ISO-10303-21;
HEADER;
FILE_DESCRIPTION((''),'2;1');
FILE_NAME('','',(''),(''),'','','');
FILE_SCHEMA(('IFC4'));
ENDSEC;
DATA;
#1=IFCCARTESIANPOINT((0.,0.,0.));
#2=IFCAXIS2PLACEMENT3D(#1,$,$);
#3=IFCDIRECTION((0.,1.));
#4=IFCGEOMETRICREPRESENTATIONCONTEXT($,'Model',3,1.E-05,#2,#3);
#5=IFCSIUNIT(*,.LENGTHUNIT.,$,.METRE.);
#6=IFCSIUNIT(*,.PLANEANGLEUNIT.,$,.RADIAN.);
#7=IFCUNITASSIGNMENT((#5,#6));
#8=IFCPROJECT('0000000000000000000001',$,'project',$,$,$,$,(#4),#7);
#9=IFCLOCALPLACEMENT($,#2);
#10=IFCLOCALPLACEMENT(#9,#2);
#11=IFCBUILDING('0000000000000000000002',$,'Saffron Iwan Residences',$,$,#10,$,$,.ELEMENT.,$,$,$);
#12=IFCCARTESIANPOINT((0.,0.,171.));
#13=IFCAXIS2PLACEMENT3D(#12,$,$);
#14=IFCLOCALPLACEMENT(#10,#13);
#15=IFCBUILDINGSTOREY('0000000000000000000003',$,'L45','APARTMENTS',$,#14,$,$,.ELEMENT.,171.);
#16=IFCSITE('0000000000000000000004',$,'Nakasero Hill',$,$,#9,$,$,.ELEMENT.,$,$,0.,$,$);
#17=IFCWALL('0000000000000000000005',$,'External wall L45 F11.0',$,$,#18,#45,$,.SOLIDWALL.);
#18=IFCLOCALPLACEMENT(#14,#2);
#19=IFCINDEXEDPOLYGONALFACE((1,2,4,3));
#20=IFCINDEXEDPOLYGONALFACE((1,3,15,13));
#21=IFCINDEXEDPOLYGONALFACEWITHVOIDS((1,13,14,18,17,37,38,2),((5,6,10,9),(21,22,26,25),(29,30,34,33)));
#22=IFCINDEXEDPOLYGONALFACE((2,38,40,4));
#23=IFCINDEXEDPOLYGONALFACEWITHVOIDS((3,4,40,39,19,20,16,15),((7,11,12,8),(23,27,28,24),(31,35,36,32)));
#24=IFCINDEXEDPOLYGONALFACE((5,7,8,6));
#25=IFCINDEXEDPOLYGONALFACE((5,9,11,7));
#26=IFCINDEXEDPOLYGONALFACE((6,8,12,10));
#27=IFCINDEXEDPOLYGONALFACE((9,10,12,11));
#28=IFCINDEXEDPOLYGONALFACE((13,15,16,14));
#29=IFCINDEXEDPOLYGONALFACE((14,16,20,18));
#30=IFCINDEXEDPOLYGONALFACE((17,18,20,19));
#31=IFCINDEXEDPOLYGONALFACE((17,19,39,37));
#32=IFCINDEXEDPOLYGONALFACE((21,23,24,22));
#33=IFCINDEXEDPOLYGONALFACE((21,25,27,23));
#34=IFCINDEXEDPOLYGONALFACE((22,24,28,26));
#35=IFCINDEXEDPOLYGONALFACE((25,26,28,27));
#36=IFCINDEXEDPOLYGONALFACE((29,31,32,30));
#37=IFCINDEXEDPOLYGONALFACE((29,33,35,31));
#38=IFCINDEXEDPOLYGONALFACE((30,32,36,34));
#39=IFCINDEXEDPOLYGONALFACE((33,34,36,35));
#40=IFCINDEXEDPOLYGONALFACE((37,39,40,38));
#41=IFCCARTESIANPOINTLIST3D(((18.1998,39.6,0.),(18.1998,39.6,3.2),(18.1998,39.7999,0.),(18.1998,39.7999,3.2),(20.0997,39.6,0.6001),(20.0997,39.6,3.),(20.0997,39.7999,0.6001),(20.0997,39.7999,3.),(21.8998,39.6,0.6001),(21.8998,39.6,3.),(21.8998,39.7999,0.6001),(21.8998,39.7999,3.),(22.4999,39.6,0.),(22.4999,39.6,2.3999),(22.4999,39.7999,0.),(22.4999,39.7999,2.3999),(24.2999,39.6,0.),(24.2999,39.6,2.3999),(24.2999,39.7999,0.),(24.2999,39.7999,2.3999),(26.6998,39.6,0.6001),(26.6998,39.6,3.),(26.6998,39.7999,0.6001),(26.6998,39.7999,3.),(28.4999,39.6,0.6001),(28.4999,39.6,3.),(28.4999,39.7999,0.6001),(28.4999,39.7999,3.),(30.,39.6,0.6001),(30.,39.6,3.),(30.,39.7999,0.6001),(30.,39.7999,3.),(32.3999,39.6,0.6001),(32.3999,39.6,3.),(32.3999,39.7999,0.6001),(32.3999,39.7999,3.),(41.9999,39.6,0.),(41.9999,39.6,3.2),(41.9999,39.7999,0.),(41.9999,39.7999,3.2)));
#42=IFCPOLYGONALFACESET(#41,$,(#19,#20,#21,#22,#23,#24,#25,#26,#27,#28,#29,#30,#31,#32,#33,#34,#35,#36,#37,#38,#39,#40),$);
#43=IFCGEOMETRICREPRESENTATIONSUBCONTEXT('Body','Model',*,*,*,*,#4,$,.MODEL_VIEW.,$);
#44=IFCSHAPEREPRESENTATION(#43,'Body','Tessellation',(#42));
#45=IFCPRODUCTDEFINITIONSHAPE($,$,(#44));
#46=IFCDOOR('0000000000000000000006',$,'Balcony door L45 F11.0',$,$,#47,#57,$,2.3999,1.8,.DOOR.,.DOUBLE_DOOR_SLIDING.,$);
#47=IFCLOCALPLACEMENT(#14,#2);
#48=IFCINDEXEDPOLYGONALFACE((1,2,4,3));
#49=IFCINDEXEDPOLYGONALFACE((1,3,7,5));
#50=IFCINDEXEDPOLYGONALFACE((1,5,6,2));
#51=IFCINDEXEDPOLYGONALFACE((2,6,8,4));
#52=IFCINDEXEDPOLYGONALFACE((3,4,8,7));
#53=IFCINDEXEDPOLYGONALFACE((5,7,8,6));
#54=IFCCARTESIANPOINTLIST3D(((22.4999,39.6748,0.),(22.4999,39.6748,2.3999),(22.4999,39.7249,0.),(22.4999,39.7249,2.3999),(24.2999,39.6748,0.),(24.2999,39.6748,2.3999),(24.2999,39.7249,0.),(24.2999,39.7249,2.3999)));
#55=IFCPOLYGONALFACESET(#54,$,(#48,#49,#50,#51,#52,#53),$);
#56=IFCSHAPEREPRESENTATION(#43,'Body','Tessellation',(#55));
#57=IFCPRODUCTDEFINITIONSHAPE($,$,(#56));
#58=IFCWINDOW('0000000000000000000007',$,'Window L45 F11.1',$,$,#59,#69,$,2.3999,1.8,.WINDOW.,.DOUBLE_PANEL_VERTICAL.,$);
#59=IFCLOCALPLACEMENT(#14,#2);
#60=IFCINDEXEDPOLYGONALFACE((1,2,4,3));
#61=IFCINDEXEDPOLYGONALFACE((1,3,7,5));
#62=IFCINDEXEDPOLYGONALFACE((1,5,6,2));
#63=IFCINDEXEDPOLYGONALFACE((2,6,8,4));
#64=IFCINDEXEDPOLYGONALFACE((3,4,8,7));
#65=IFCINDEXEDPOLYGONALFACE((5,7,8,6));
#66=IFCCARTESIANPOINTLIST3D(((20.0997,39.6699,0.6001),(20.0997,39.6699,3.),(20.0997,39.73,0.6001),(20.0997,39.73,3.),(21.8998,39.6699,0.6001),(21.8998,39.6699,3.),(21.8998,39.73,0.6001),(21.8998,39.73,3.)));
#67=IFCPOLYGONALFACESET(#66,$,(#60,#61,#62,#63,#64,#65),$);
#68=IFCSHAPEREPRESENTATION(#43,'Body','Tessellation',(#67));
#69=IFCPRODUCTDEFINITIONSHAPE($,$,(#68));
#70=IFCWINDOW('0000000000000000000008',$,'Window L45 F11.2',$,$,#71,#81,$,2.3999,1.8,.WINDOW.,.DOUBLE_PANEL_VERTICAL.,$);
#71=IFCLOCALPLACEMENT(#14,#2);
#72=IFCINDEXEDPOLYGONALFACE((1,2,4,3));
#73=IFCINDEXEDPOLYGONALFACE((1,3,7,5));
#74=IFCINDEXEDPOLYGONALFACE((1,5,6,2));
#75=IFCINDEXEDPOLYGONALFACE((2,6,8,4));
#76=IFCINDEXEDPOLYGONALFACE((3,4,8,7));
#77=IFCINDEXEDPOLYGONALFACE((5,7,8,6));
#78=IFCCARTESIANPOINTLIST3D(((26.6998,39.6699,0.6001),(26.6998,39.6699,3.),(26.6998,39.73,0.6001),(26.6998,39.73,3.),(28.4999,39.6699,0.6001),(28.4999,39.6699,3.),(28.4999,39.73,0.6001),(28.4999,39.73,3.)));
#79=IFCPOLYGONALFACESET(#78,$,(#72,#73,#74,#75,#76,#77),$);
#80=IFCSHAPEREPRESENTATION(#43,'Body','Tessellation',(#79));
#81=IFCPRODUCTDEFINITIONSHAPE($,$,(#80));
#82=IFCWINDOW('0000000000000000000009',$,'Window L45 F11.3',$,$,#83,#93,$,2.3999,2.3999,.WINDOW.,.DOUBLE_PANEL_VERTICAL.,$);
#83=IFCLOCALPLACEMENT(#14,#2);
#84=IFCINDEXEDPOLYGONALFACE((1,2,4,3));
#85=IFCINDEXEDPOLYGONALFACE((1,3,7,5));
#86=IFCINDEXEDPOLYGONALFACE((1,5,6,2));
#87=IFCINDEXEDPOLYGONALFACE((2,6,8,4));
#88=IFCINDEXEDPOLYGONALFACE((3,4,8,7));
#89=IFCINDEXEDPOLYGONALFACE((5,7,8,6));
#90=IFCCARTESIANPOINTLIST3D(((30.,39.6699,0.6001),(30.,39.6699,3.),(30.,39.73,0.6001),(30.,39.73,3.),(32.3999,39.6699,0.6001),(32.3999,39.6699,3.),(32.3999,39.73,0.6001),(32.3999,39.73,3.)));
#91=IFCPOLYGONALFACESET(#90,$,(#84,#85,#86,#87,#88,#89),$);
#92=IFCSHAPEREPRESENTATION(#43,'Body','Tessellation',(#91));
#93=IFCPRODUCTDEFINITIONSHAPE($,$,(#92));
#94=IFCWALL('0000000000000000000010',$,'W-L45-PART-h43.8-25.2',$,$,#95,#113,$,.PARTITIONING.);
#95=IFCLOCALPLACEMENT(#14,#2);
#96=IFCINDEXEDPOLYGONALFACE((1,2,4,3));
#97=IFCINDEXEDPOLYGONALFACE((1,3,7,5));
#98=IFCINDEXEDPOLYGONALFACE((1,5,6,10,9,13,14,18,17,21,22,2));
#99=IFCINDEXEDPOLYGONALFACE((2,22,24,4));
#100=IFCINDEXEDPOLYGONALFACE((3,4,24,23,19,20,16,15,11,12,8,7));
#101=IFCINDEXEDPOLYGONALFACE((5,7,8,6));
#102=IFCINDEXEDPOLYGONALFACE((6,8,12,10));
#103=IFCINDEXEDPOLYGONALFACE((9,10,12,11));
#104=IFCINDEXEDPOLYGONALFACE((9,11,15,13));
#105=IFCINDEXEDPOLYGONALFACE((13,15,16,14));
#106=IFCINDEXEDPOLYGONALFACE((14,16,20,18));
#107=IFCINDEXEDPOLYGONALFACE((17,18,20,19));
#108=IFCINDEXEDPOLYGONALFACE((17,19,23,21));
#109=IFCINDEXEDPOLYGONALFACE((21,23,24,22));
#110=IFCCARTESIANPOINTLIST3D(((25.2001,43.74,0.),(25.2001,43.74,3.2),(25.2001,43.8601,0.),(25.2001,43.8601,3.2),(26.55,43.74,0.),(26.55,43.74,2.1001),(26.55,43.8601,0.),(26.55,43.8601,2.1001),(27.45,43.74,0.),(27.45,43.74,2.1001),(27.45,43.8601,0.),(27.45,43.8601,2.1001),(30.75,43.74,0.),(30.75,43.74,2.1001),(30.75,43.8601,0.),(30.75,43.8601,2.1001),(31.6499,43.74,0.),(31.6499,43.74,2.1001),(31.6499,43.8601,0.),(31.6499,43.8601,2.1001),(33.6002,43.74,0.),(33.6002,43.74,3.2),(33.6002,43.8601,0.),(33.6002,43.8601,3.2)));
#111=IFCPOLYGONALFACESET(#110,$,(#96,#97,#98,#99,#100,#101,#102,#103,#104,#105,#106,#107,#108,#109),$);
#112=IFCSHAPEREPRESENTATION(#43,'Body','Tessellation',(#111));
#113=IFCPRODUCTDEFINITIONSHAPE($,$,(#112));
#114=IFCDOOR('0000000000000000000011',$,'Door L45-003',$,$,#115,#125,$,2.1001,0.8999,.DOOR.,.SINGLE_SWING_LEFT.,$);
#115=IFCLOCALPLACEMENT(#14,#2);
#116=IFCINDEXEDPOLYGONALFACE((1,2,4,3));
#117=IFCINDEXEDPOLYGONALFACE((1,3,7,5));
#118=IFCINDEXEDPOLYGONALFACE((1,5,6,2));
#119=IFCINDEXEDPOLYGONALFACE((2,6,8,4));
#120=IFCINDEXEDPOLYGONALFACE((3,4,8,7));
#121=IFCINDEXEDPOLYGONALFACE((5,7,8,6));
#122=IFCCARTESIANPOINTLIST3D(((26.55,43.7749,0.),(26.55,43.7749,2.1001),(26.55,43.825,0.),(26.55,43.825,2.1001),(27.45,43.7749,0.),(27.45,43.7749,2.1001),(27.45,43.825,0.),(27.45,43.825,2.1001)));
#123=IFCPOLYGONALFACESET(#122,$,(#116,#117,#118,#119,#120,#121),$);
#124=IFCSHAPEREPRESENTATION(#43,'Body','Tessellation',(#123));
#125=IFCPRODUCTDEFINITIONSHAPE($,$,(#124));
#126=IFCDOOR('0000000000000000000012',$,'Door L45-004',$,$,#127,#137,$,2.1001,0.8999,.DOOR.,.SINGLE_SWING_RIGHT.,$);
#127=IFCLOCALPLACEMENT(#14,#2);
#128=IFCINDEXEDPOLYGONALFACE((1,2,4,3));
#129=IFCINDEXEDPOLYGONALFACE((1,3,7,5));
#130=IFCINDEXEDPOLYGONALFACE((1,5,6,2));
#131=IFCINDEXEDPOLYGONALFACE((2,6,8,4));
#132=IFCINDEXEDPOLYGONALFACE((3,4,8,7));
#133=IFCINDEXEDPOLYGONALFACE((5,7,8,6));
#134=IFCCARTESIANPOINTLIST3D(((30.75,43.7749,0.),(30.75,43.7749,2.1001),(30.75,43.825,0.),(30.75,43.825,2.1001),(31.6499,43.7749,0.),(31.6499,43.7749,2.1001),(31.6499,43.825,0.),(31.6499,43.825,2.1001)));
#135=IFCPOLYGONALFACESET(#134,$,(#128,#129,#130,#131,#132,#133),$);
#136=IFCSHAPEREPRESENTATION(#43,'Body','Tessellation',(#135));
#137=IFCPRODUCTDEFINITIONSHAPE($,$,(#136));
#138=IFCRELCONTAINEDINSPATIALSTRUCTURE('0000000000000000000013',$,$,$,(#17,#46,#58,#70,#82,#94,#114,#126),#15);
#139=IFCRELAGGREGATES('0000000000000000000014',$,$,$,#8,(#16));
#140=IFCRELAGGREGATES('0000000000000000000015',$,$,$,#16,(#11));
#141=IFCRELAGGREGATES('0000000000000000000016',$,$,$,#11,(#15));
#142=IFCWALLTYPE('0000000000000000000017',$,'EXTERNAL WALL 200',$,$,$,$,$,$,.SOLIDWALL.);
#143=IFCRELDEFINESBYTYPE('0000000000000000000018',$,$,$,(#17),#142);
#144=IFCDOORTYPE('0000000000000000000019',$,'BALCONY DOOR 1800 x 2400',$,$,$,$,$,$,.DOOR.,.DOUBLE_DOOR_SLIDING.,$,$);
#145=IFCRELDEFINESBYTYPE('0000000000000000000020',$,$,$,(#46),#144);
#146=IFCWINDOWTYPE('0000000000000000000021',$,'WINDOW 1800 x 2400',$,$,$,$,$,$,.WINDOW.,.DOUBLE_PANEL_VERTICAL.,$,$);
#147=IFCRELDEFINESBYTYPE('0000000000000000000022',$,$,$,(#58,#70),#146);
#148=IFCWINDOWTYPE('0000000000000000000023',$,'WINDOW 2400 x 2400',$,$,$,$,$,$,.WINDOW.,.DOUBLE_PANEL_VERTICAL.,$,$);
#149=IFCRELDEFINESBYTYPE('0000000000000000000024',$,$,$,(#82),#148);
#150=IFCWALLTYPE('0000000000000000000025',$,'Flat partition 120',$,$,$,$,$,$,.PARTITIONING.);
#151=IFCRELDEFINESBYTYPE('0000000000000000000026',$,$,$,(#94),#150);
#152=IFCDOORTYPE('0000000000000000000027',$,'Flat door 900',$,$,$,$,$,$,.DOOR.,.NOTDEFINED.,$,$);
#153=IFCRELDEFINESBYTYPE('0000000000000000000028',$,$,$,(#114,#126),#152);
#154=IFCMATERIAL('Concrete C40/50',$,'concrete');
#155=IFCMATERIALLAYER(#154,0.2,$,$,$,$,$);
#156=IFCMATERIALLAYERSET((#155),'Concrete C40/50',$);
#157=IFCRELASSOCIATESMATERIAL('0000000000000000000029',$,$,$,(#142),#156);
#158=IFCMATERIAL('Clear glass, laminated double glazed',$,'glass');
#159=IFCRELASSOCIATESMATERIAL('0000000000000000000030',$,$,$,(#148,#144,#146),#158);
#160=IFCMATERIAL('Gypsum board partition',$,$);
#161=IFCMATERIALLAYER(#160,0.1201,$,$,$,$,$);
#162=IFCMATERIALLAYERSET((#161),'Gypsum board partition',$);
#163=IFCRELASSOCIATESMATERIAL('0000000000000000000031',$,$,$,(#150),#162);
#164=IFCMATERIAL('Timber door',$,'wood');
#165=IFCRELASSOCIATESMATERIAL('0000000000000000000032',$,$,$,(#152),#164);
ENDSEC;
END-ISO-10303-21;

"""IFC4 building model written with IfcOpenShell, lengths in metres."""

from ifc_helpers import new_model, si_unit, direction, frame, frame_2d, origin, place, context, subcontext, project, spatial, rectangle, extrude, material, layer, layer_set, type_object, element, fill, save


model = new_model("IFC4")

# Units and contexts
model_context = context("Model", 3, precision=1e-05, world=origin(), true_north=direction((0.0, 1.0)))
body_context = subcontext(model_context, "Body", "Model", "MODEL_VIEW")
ifc_project = project(units=[si_unit("LENGTHUNIT", "METRE"), si_unit("PLANEANGLEUNIT", "RADIAN")], contexts=[model_context])

# Site, building, storey
site_placement = place(None, origin())
site = spatial("IfcSite", under=ifc_project, at=site_placement, Name="Nakasero Hill", CompositionType="ELEMENT", RefElevation=0.0)
building_placement = place(site_placement, origin())
building = spatial("IfcBuilding", under=site, at=building_placement, Name="Saffron Iwan Residences", CompositionType="ELEMENT")
storey_placement = place(building_placement, frame((0.0, 0.0, 171.0)))
storey = spatial("IfcBuildingStorey", under=building, at=storey_placement, Name="L45", Description="APARTMENTS", CompositionType="ELEMENT", Elevation=171.0)

# Shared definitions
ifc_material_1 = material(Name="Concrete C40/50", Category="concrete")
ifc_layer_1 = layer(ifc_material_1, 0.2)
ifc_layer_set_1 = layer_set([ifc_layer_1], Name="Concrete C40/50")
wall_type_1 = type_object("IfcWallType", Name="EXTERNAL WALL 200", PredefinedType="SOLIDWALL", material=ifc_layer_set_1)
ifc_material_2 = material(Name="Clear glass, laminated double glazed", Category="glass")
window_type_1 = type_object("IfcWindowType", Name="WINDOW 2400 x 2400", PartitioningType="DOUBLE_PANEL_VERTICAL", PredefinedType="WINDOW", material=ifc_material_2)

# Wall, openings, door, windows
wall_1_placement = place(storey_placement, frame((18.2, 39.7, 0.0), z_axis=(0.0, 0.0, 1.0), x_axis=(1.0, 0.0, 0.0)))
wall_1 = element("IfcWall", 1, at=wall_1_placement, inside=storey, type_object=wall_type_1, Name="External wall L45 F11.0", PredefinedType="SOLIDWALL", context=body_context, shape_type="SweptSolid", body=[
    extrude(rectangle(XDim=23.8, YDim=0.2, at=frame_2d((11.8999, 0.0))), origin(), (0.0, 0.0, 1.0), 3.2),
])
opening_1_placement = place(wall_1_placement, frame((4.3, 0.0, 0.0)))
opening_1 = element("IfcOpeningElement", 2, at=opening_1_placement, cuts=wall_1, PredefinedType="OPENING", context=body_context, shape_type="SweptSolid", body=[
    extrude(rectangle(XDim=1.8, YDim=2.3999, at=frame_2d((0.8999, 1.2))), frame((0.0, 0.1099, 0.0), z_axis=(0.0, -1.0, 0.0), x_axis=(1.0, 0.0, 0.0)), (0.0, 0.0, 1.0), 0.22),
])
opening_2_placement = place(wall_1_placement, frame((1.8999, 0.0, 0.6001)))
opening_2 = element("IfcOpeningElement", 3, at=opening_2_placement, cuts=wall_1, PredefinedType="OPENING", context=body_context, shape_type="SweptSolid", body=[
    extrude(rectangle(XDim=1.8, YDim=2.3999, at=frame_2d((0.8999, 1.2))), frame((0.0, 0.1099, 0.0), z_axis=(0.0, -1.0, 0.0), x_axis=(1.0, 0.0, 0.0)), (0.0, 0.0, 1.0), 0.22),
])
opening_3_placement = place(wall_1_placement, frame((8.5, 0.0, 0.6001)))
opening_3 = element("IfcOpeningElement", 4, at=opening_3_placement, cuts=wall_1, PredefinedType="OPENING", context=body_context, shape_type="SweptSolid", body=[
    extrude(rectangle(XDim=1.8, YDim=2.3999, at=frame_2d((0.8999, 1.2))), frame((0.0, 0.1099, 0.0), z_axis=(0.0, -1.0, 0.0), x_axis=(1.0, 0.0, 0.0)), (0.0, 0.0, 1.0), 0.22),
])
opening_4_placement = place(wall_1_placement, frame((11.8, 0.0, 0.6001)))
opening_4 = element("IfcOpeningElement", 5, at=opening_4_placement, cuts=wall_1, PredefinedType="OPENING", context=body_context, shape_type="SweptSolid", body=[
    extrude(rectangle(XDim=2.3999, YDim=2.3999, at=frame_2d((1.2, 1.2))), frame((0.0, 0.1099, 0.0), z_axis=(0.0, -1.0, 0.0), x_axis=(1.0, 0.0, 0.0)), (0.0, 0.0, 1.0), 0.22),
])
door_type_1 = type_object("IfcDoorType", Name="BALCONY DOOR 1800 x 2400", OperationType="DOUBLE_DOOR_SLIDING", PredefinedType="DOOR", material=ifc_material_2)
door_1_placement = place(opening_1_placement, origin())
door_1 = element("IfcDoor", 6, at=door_1_placement, inside=storey, type_object=door_type_1, Name="Balcony door L45 F11.0", OperationType="DOUBLE_DOOR_SLIDING", OverallHeight=2.3999, OverallWidth=1.8, PredefinedType="DOOR", context=body_context, shape_type="SweptSolid", body=[
    extrude(rectangle(XDim=1.8, YDim=2.3999, at=frame_2d((0.8999, 1.2))), frame((0.0, 0.0249, 0.0), z_axis=(0.0, -1.0, 0.0), x_axis=(1.0, 0.0, 0.0)), (0.0, 0.0, 1.0), 0.05),
])
fill(opening_1, door_1)
window_type_2 = type_object("IfcWindowType", Name="WINDOW 1800 x 2400", PartitioningType="DOUBLE_PANEL_VERTICAL", PredefinedType="WINDOW", material=ifc_material_2)
window_1_placement = place(opening_2_placement, origin())
window_1 = element("IfcWindow", 7, at=window_1_placement, inside=storey, type_object=window_type_2, Name="Window L45 F11.1", OverallHeight=2.3999, OverallWidth=1.8, PartitioningType="DOUBLE_PANEL_VERTICAL", PredefinedType="WINDOW", context=body_context, shape_type="SweptSolid", body=[
    extrude(rectangle(XDim=1.8, YDim=2.3999, at=frame_2d((0.8999, 1.2))), frame((0.0, 0.03, 0.0), z_axis=(0.0, -1.0, 0.0), x_axis=(1.0, 0.0, 0.0)), (0.0, 0.0, 1.0), 0.0601),
])
fill(opening_2, window_1)
window_2_placement = place(opening_3_placement, origin())
window_2 = element("IfcWindow", 8, at=window_2_placement, inside=storey, type_object=window_type_2, Name="Window L45 F11.2", OverallHeight=2.3999, OverallWidth=1.8, PartitioningType="DOUBLE_PANEL_VERTICAL", PredefinedType="WINDOW", context=body_context, shape_type="SweptSolid", body=[
    extrude(rectangle(XDim=1.8, YDim=2.3999, at=frame_2d((0.8999, 1.2))), frame((0.0, 0.03, 0.0), z_axis=(0.0, -1.0, 0.0), x_axis=(1.0, 0.0, 0.0)), (0.0, 0.0, 1.0), 0.0601),
])
fill(opening_3, window_2)
window_3_placement = place(opening_4_placement, origin())
window_3 = element("IfcWindow", 9, at=window_3_placement, inside=storey, type_object=window_type_1, Name="Window L45 F11.3", OverallHeight=2.3999, OverallWidth=2.3999, PartitioningType="DOUBLE_PANEL_VERTICAL", PredefinedType="WINDOW", context=body_context, shape_type="SweptSolid", body=[
    extrude(rectangle(XDim=2.3999, YDim=2.3999, at=frame_2d((1.2, 1.2))), frame((0.0, 0.03, 0.0), z_axis=(0.0, -1.0, 0.0), x_axis=(1.0, 0.0, 0.0)), (0.0, 0.0, 1.0), 0.0601),
])
fill(opening_4, window_3)

# Wall, openings, doors
ifc_material_3 = material(Name="Gypsum board partition")
ifc_layer_2 = layer(ifc_material_3, 0.1201)
ifc_layer_set_2 = layer_set([ifc_layer_2], Name="Gypsum board partition")
wall_type_2 = type_object("IfcWallType", Name="Flat partition 120", PredefinedType="PARTITIONING", material=ifc_layer_set_2)
wall_2_placement = place(storey_placement, frame((25.2, 43.8, 0.0), z_axis=(0.0, 0.0, 1.0), x_axis=(1.0, 0.0, 0.0)))
wall_2 = element("IfcWall", 10, at=wall_2_placement, inside=storey, type_object=wall_type_2, Name="W-L45-PART-h43.8-25.2", PredefinedType="PARTITIONING", context=body_context, shape_type="SweptSolid", body=[
    extrude(rectangle(XDim=8.4001, YDim=0.1201, at=frame_2d((4.2002, 0.0))), origin(), (0.0, 0.0, 1.0), 3.2),
])
opening_5_placement = place(wall_2_placement, frame((1.3501, 0.0, 0.0)))
opening_5 = element("IfcOpeningElement", 11, at=opening_5_placement, cuts=wall_2, PredefinedType="OPENING", context=body_context, shape_type="SweptSolid", body=[
    extrude(rectangle(XDim=0.8999, YDim=2.1001, at=frame_2d((0.45, 1.05))), frame((0.0, 0.0701, 0.0), z_axis=(0.0, -1.0, 0.0), x_axis=(1.0, 0.0, 0.0)), (0.0, 0.0, 1.0), 0.1401),
])
opening_6_placement = place(wall_2_placement, frame((5.55, 0.0, 0.0)))
opening_6 = element("IfcOpeningElement", 12, at=opening_6_placement, cuts=wall_2, PredefinedType="OPENING", context=body_context, shape_type="SweptSolid", body=[
    extrude(rectangle(XDim=0.8999, YDim=2.1001, at=frame_2d((0.45, 1.05))), frame((0.0, 0.0701, 0.0), z_axis=(0.0, -1.0, 0.0), x_axis=(1.0, 0.0, 0.0)), (0.0, 0.0, 1.0), 0.1401),
])
ifc_material_4 = material(Name="Timber door", Category="wood")
door_type_2 = type_object("IfcDoorType", Name="Flat door 900", OperationType="NOTDEFINED", PredefinedType="DOOR", material=ifc_material_4)
door_2_placement = place(opening_5_placement, origin())
door_2 = element("IfcDoor", 13, at=door_2_placement, inside=storey, type_object=door_type_2, Name="Door L45-003", OperationType="SINGLE_SWING_LEFT", OverallHeight=2.1001, OverallWidth=0.8999, PredefinedType="DOOR", context=body_context, shape_type="SweptSolid", body=[
    extrude(rectangle(XDim=0.8999, YDim=2.1001, at=frame_2d((0.45, 1.05))), frame((0.0, 0.0249, 0.0), z_axis=(0.0, -1.0, 0.0), x_axis=(1.0, 0.0, 0.0)), (0.0, 0.0, 1.0), 0.05),
])
fill(opening_5, door_2)
door_3_placement = place(opening_6_placement, origin())
door_3 = element("IfcDoor", 14, at=door_3_placement, inside=storey, type_object=door_type_2, Name="Door L45-004", OperationType="SINGLE_SWING_RIGHT", OverallHeight=2.1001, OverallWidth=0.8999, PredefinedType="DOOR", context=body_context, shape_type="SweptSolid", body=[
    extrude(rectangle(XDim=0.8999, YDim=2.1001, at=frame_2d((0.45, 1.05))), frame((0.0, 0.0249, 0.0), z_axis=(0.0, -1.0, 0.0), x_axis=(1.0, 0.0, 0.0)), (0.0, 0.0, 1.0), 0.05),
])
fill(opening_6, door_3)

save(model, "model.ifc")
